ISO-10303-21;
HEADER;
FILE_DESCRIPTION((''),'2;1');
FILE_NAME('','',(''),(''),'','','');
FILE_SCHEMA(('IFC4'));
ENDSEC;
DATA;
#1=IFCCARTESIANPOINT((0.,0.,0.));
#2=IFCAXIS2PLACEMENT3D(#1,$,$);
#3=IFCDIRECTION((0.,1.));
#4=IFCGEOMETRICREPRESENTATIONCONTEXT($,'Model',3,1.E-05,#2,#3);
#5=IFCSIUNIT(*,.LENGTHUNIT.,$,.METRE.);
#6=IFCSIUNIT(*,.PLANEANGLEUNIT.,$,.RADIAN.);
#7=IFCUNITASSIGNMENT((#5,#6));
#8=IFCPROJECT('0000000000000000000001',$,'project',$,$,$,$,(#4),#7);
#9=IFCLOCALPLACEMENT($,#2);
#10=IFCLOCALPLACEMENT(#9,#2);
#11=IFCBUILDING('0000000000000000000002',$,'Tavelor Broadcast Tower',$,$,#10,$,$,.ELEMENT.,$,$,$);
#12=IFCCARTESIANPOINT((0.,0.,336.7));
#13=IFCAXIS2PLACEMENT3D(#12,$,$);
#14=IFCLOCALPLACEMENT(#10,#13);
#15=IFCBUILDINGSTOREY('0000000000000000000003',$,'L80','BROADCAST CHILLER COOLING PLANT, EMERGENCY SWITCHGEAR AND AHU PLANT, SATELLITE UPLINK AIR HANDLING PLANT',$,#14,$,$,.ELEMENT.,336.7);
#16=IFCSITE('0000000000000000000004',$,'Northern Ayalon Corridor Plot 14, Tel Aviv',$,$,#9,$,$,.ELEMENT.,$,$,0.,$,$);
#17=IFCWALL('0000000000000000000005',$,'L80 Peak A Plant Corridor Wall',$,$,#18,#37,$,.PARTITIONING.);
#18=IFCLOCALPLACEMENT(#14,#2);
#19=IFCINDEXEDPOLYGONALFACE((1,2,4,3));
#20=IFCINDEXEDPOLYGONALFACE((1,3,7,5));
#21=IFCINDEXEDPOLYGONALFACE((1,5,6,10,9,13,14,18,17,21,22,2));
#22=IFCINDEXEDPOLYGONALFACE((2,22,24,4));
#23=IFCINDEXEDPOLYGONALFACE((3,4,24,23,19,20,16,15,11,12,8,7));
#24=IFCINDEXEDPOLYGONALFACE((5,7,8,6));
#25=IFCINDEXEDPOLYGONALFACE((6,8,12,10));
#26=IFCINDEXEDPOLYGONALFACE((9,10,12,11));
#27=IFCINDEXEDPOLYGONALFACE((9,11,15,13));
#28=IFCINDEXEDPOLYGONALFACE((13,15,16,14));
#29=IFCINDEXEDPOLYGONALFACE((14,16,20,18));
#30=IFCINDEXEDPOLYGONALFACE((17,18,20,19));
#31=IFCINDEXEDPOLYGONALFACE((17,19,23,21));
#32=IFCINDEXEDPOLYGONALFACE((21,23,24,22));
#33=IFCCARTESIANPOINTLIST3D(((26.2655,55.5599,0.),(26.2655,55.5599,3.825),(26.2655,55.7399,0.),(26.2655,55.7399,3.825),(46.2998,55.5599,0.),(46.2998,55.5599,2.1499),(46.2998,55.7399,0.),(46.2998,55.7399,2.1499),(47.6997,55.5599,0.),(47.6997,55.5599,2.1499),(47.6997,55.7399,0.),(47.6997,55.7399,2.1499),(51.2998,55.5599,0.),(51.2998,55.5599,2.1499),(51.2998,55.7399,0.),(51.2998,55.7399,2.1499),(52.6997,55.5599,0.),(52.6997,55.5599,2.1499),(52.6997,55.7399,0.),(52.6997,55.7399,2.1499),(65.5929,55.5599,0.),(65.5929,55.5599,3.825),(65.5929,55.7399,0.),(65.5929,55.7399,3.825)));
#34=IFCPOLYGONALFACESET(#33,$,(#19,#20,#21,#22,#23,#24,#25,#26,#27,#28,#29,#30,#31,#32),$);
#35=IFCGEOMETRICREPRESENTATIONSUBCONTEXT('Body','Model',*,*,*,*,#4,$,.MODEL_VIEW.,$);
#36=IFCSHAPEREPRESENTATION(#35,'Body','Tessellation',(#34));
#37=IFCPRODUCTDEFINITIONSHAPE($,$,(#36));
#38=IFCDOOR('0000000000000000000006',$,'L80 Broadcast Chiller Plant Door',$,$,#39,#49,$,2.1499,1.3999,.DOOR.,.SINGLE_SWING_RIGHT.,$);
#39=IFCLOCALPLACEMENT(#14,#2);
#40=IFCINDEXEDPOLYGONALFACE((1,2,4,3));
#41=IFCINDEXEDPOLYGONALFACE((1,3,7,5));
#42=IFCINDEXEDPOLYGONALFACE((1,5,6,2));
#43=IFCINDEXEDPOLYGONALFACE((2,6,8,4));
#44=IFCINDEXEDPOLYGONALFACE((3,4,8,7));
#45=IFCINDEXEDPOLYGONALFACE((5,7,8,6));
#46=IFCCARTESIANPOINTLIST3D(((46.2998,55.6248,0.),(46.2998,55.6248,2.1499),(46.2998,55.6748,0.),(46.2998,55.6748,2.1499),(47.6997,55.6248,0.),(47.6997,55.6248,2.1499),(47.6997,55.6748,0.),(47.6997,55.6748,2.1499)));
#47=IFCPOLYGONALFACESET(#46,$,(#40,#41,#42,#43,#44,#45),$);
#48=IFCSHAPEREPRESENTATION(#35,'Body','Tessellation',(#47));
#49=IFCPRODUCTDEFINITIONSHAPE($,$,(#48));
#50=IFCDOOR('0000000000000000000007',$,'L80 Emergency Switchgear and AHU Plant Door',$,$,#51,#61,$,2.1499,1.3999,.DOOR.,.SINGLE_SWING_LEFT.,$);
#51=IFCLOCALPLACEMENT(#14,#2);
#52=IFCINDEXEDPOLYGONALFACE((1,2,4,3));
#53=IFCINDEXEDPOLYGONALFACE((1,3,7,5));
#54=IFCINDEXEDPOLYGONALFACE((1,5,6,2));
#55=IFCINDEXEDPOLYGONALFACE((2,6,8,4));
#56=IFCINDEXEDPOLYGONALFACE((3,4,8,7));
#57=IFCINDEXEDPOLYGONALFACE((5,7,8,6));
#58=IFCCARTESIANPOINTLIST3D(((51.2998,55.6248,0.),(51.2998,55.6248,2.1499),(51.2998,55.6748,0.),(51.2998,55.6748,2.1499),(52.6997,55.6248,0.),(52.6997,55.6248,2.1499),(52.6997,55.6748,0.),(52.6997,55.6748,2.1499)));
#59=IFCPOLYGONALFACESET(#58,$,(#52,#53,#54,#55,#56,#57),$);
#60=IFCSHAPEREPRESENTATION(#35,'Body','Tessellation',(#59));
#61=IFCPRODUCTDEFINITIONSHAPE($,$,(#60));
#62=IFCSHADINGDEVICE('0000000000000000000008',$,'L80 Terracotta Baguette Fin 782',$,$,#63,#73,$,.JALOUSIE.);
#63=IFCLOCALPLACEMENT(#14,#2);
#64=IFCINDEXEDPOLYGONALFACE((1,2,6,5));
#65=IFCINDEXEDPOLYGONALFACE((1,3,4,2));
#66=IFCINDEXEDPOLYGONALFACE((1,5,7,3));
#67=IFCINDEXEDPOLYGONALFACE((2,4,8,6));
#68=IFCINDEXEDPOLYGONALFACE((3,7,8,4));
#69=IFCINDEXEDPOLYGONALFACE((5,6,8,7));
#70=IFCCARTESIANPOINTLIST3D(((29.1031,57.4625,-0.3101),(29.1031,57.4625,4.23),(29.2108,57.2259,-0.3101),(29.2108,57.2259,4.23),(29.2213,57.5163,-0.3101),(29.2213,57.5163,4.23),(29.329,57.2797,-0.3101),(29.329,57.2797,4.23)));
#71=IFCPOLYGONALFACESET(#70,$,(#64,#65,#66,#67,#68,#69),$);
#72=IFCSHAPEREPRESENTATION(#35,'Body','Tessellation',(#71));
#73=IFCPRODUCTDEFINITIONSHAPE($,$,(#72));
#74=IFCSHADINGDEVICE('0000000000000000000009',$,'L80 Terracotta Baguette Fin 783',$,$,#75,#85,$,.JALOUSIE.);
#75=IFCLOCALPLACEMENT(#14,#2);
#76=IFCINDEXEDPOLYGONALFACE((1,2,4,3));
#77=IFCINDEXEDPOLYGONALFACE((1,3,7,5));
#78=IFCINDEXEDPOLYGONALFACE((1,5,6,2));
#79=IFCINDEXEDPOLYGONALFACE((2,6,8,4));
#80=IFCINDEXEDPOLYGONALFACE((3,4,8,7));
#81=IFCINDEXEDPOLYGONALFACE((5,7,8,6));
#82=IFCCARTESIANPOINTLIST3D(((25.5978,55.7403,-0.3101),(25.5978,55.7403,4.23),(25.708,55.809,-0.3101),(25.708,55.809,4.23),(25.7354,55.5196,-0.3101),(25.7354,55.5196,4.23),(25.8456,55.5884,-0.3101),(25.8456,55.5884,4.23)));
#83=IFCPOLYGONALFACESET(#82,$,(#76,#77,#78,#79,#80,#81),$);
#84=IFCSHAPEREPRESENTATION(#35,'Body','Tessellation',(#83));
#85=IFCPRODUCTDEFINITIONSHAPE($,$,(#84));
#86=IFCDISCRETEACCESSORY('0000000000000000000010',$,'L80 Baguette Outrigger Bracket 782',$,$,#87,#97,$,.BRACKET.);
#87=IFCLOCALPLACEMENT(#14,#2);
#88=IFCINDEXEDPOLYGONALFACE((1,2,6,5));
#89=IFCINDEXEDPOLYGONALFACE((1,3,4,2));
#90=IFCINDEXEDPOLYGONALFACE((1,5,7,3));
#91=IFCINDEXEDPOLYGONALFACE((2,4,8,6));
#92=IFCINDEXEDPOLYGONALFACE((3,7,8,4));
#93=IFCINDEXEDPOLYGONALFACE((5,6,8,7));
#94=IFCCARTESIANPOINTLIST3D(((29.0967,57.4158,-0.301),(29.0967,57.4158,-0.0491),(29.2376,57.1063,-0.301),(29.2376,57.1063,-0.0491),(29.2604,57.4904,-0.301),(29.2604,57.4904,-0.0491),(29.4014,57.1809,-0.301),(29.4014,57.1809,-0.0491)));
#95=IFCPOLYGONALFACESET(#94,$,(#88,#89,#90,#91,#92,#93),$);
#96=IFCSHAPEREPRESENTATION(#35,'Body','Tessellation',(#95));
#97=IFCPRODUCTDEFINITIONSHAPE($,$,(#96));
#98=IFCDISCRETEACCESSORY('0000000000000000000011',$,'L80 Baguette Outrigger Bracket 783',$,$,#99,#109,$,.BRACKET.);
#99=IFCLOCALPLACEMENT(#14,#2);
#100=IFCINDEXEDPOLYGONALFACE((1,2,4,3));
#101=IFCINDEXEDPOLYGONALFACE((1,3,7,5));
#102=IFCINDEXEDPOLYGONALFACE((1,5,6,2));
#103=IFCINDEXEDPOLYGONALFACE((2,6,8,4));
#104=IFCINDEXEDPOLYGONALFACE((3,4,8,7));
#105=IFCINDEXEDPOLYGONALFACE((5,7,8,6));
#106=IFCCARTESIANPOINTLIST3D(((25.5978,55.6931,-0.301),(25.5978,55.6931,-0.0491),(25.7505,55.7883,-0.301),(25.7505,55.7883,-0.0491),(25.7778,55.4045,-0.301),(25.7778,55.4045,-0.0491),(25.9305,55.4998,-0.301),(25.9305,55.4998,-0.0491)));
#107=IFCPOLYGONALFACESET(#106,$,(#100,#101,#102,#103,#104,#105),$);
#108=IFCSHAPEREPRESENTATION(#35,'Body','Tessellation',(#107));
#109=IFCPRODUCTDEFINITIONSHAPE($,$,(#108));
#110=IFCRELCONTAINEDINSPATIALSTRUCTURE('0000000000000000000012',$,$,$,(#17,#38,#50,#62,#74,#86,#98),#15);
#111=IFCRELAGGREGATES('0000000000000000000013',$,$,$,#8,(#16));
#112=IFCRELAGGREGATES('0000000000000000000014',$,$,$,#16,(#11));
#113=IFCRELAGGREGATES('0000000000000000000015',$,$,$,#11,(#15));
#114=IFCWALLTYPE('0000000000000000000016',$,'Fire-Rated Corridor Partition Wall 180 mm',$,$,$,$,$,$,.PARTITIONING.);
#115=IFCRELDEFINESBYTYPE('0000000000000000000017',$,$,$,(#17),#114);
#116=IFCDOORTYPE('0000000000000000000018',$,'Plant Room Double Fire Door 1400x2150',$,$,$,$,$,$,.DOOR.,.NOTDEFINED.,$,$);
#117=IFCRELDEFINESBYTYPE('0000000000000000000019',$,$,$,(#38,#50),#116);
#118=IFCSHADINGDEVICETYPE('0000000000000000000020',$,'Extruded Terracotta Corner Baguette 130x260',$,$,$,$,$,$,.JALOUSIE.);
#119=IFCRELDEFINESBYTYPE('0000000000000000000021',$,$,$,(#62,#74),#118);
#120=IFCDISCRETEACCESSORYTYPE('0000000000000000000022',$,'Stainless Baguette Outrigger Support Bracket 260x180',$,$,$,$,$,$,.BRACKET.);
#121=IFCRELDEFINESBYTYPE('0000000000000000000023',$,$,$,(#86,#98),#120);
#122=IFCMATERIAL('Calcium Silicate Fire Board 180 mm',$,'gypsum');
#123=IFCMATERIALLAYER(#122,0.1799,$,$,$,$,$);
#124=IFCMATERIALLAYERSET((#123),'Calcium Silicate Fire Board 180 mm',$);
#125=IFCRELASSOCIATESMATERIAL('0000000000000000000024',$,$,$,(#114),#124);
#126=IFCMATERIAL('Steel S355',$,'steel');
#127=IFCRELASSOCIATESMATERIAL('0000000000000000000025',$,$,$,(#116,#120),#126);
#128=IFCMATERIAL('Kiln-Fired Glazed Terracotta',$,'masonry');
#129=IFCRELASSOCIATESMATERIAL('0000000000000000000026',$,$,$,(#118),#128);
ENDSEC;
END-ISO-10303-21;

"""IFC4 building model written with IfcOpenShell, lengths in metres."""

from ifc_helpers import new_model, si_unit, direction, frame, frame_2d, origin, origin_2d, place, context, subcontext, project, spatial, rectangle, extrude, source, transform, mapped, material, layer, layer_set, type_object, type_shapes, element, fill, save


model = new_model("IFC4")

# Units and contexts
model_context = context("Model", 3, precision=1e-05, world=origin(), true_north=direction((0.0, 1.0)))
body_context = subcontext(model_context, "Body", "Model", "MODEL_VIEW")
ifc_project = project(units=[si_unit("LENGTHUNIT", "METRE"), si_unit("PLANEANGLEUNIT", "RADIAN")], contexts=[model_context])

# Site, building, storey
site_placement = place(None, origin())
site = spatial("IfcSite", under=ifc_project, at=site_placement, Name="Northern Ayalon Corridor Plot 14, Tel Aviv", CompositionType="ELEMENT", RefElevation=0.0)
building_placement = place(site_placement, origin())
building = spatial("IfcBuilding", under=site, at=building_placement, Name="Tavelor Broadcast Tower", CompositionType="ELEMENT")
storey_placement = place(building_placement, frame((0.0, 0.0, 336.7)))
storey = spatial("IfcBuildingStorey", under=building, at=storey_placement, Name="L80", Description="BROADCAST CHILLER COOLING PLANT, EMERGENCY SWITCHGEAR AND AHU PLANT, SATELLITE UPLINK AIR HANDLING PLANT", CompositionType="ELEMENT", Elevation=336.7)

# Wall, openings, doors
ifc_material_1 = material(Name="Calcium Silicate Fire Board 180 mm", Category="gypsum")
ifc_layer_1 = layer(ifc_material_1, 0.1799)
ifc_layer_set_1 = layer_set([ifc_layer_1], Name="Calcium Silicate Fire Board 180 mm")
wall_type = type_object("IfcWallType", Name="Fire-Rated Corridor Partition Wall 180 mm", PredefinedType="PARTITIONING", material=ifc_layer_set_1)
wall_placement = place(storey_placement, frame((26.2656, 55.6499, 0.0), z_axis=(0.0, 0.0, 1.0), x_axis=(1.0, 0.0, 0.0)))
wall = element("IfcWall", 1, at=wall_placement, inside=storey, type_object=wall_type, Name="L80 Peak A Plant Corridor Wall", PredefinedType="PARTITIONING", context=body_context, shape_type="SweptSolid", body=[
    extrude(rectangle(XDim=39.3274, YDim=0.1799, at=frame_2d((19.6636, 0.0))), origin(), (0.0, 0.0, 1.0), 3.825),
])
opening_1_placement = place(wall_placement, frame((20.0342, 0.0, 0.0)))
opening_1 = element("IfcOpeningElement", 2, at=opening_1_placement, cuts=wall, PredefinedType="OPENING", context=body_context, shape_type="SweptSolid", body=[
    extrude(rectangle(XDim=1.3999, YDim=2.1499, at=frame_2d((0.7, 1.075))), frame((0.0, 0.1001, 0.0), z_axis=(0.0, -1.0, 0.0), x_axis=(1.0, 0.0, 0.0)), (0.0, 0.0, 1.0), 0.2),
])
opening_2_placement = place(wall_placement, frame((25.0342, 0.0, 0.0)))
opening_2 = element("IfcOpeningElement", 3, at=opening_2_placement, cuts=wall, PredefinedType="OPENING", context=body_context, shape_type="SweptSolid", body=[
    extrude(rectangle(XDim=1.3999, YDim=2.1499, at=frame_2d((0.7, 1.075))), frame((0.0, 0.1001, 0.0), z_axis=(0.0, -1.0, 0.0), x_axis=(1.0, 0.0, 0.0)), (0.0, 0.0, 1.0), 0.2),
])
ifc_material_2 = material(Name="Steel S355", Category="steel")
door_type = type_object("IfcDoorType", Name="Plant Room Double Fire Door 1400x2150", OperationType="NOTDEFINED", PredefinedType="DOOR", material=ifc_material_2)
door_1_placement = place(opening_1_placement, origin())
door_1 = element("IfcDoor", 4, at=door_1_placement, inside=storey, type_object=door_type, Name="L80 Broadcast Chiller Plant Door", OperationType="SINGLE_SWING_RIGHT", OverallHeight=2.1499, OverallWidth=1.3999, PredefinedType="DOOR", context=body_context, shape_type="SweptSolid", body=[
    extrude(rectangle(XDim=1.3999, YDim=2.1499, at=frame_2d((0.7, 1.075))), frame((0.0, 0.0249, 0.0), z_axis=(0.0, -1.0, 0.0), x_axis=(1.0, 0.0, 0.0)), (0.0, 0.0, 1.0), 0.05),
])
fill(opening_1, door_1)
door_2_placement = place(opening_2_placement, origin())
door_2 = element("IfcDoor", 5, at=door_2_placement, inside=storey, type_object=door_type, Name="L80 Emergency Switchgear and AHU Plant Door", OperationType="SINGLE_SWING_LEFT", OverallHeight=2.1499, OverallWidth=1.3999, PredefinedType="DOOR", context=body_context, shape_type="SweptSolid", body=[
    extrude(rectangle(XDim=1.3999, YDim=2.1499, at=frame_2d((0.7, 1.075))), frame((0.0, 0.0249, 0.0), z_axis=(0.0, -1.0, 0.0), x_axis=(1.0, 0.0, 0.0)), (0.0, 0.0, 1.0), 0.05),
])
fill(opening_2, door_2)

# Shading devices
ifc_material_3 = material(Name="Kiln-Fired Glazed Terracotta", Category="masonry")
shading_device_type = type_object("IfcShadingDeviceType", Name="Extruded Terracotta Corner Baguette 130x260", PredefinedType="JALOUSIE", material=ifc_material_3)
shared_shape_1 = source(origin(), body_context, "Body", "SweptSolid", [
    extrude(rectangle(XDim=0.1299, YDim=0.26, at=origin_2d()), origin(), (0.0, 0.0, 1.0), 4.54),
])
type_shapes(shading_device_type, [shared_shape_1])
for number, where, z_axis, x_axis, name in (
    (6, (29.2161, 57.3711, -0.3101), (0.0, 0.0, 1.0), (-0.910106, -0.414376, 0.0), "L80 Terracotta Baguette Fin 782"),
    (7, (25.7217, 55.6643, -0.3101), (0.0, 0.0, 1.0), (-0.84851, -0.529179, 0.0), "L80 Terracotta Baguette Fin 783"),
):
    element("IfcShadingDevice", number, at=place(storey_placement, frame(where, z_axis=z_axis, x_axis=x_axis)), inside=storey, type_object=shading_device_type, Name=name, PredefinedType="JALOUSIE", context=body_context, shape_type="MappedRepresentation", body=[
        mapped(shared_shape_1, transform((0.0, 0.0, 0.0), scale=1.0)),
    ])

# Discrete accessories
discrete_accessory_type = type_object("IfcDiscreteAccessoryType", Name="Stainless Baguette Outrigger Support Bracket 260x180", PredefinedType="BRACKET", material=ifc_material_2)
shared_shape_2 = source(origin(), body_context, "Body", "SweptSolid", [
    extrude(rectangle(XDim=0.1799, YDim=0.3401, at=origin_2d()), origin(), (0.0, 0.0, 1.0), 0.252),
])
type_shapes(discrete_accessory_type, [shared_shape_2])
for number, where, z_axis, x_axis, name in (
    (8, (29.249, 57.2983, -0.301), (0.0, 0.0, 1.0), (-0.910106, -0.414376, 0.0), "L80 Baguette Outrigger Bracket 782"),
    (9, (25.7642, 55.5964, -0.301), (0.0, 0.0, 1.0), (-0.84851, -0.529179, 0.0), "L80 Baguette Outrigger Bracket 783"),
):
    element("IfcDiscreteAccessory", number, at=place(storey_placement, frame(where, z_axis=z_axis, x_axis=x_axis)), inside=storey, type_object=discrete_accessory_type, Name=name, PredefinedType="BRACKET", context=body_context, shape_type="MappedRepresentation", body=[
        mapped(shared_shape_2, transform((0.0, 0.0, 0.0), scale=1.0)),
    ])

save(model, "model.ifc")
